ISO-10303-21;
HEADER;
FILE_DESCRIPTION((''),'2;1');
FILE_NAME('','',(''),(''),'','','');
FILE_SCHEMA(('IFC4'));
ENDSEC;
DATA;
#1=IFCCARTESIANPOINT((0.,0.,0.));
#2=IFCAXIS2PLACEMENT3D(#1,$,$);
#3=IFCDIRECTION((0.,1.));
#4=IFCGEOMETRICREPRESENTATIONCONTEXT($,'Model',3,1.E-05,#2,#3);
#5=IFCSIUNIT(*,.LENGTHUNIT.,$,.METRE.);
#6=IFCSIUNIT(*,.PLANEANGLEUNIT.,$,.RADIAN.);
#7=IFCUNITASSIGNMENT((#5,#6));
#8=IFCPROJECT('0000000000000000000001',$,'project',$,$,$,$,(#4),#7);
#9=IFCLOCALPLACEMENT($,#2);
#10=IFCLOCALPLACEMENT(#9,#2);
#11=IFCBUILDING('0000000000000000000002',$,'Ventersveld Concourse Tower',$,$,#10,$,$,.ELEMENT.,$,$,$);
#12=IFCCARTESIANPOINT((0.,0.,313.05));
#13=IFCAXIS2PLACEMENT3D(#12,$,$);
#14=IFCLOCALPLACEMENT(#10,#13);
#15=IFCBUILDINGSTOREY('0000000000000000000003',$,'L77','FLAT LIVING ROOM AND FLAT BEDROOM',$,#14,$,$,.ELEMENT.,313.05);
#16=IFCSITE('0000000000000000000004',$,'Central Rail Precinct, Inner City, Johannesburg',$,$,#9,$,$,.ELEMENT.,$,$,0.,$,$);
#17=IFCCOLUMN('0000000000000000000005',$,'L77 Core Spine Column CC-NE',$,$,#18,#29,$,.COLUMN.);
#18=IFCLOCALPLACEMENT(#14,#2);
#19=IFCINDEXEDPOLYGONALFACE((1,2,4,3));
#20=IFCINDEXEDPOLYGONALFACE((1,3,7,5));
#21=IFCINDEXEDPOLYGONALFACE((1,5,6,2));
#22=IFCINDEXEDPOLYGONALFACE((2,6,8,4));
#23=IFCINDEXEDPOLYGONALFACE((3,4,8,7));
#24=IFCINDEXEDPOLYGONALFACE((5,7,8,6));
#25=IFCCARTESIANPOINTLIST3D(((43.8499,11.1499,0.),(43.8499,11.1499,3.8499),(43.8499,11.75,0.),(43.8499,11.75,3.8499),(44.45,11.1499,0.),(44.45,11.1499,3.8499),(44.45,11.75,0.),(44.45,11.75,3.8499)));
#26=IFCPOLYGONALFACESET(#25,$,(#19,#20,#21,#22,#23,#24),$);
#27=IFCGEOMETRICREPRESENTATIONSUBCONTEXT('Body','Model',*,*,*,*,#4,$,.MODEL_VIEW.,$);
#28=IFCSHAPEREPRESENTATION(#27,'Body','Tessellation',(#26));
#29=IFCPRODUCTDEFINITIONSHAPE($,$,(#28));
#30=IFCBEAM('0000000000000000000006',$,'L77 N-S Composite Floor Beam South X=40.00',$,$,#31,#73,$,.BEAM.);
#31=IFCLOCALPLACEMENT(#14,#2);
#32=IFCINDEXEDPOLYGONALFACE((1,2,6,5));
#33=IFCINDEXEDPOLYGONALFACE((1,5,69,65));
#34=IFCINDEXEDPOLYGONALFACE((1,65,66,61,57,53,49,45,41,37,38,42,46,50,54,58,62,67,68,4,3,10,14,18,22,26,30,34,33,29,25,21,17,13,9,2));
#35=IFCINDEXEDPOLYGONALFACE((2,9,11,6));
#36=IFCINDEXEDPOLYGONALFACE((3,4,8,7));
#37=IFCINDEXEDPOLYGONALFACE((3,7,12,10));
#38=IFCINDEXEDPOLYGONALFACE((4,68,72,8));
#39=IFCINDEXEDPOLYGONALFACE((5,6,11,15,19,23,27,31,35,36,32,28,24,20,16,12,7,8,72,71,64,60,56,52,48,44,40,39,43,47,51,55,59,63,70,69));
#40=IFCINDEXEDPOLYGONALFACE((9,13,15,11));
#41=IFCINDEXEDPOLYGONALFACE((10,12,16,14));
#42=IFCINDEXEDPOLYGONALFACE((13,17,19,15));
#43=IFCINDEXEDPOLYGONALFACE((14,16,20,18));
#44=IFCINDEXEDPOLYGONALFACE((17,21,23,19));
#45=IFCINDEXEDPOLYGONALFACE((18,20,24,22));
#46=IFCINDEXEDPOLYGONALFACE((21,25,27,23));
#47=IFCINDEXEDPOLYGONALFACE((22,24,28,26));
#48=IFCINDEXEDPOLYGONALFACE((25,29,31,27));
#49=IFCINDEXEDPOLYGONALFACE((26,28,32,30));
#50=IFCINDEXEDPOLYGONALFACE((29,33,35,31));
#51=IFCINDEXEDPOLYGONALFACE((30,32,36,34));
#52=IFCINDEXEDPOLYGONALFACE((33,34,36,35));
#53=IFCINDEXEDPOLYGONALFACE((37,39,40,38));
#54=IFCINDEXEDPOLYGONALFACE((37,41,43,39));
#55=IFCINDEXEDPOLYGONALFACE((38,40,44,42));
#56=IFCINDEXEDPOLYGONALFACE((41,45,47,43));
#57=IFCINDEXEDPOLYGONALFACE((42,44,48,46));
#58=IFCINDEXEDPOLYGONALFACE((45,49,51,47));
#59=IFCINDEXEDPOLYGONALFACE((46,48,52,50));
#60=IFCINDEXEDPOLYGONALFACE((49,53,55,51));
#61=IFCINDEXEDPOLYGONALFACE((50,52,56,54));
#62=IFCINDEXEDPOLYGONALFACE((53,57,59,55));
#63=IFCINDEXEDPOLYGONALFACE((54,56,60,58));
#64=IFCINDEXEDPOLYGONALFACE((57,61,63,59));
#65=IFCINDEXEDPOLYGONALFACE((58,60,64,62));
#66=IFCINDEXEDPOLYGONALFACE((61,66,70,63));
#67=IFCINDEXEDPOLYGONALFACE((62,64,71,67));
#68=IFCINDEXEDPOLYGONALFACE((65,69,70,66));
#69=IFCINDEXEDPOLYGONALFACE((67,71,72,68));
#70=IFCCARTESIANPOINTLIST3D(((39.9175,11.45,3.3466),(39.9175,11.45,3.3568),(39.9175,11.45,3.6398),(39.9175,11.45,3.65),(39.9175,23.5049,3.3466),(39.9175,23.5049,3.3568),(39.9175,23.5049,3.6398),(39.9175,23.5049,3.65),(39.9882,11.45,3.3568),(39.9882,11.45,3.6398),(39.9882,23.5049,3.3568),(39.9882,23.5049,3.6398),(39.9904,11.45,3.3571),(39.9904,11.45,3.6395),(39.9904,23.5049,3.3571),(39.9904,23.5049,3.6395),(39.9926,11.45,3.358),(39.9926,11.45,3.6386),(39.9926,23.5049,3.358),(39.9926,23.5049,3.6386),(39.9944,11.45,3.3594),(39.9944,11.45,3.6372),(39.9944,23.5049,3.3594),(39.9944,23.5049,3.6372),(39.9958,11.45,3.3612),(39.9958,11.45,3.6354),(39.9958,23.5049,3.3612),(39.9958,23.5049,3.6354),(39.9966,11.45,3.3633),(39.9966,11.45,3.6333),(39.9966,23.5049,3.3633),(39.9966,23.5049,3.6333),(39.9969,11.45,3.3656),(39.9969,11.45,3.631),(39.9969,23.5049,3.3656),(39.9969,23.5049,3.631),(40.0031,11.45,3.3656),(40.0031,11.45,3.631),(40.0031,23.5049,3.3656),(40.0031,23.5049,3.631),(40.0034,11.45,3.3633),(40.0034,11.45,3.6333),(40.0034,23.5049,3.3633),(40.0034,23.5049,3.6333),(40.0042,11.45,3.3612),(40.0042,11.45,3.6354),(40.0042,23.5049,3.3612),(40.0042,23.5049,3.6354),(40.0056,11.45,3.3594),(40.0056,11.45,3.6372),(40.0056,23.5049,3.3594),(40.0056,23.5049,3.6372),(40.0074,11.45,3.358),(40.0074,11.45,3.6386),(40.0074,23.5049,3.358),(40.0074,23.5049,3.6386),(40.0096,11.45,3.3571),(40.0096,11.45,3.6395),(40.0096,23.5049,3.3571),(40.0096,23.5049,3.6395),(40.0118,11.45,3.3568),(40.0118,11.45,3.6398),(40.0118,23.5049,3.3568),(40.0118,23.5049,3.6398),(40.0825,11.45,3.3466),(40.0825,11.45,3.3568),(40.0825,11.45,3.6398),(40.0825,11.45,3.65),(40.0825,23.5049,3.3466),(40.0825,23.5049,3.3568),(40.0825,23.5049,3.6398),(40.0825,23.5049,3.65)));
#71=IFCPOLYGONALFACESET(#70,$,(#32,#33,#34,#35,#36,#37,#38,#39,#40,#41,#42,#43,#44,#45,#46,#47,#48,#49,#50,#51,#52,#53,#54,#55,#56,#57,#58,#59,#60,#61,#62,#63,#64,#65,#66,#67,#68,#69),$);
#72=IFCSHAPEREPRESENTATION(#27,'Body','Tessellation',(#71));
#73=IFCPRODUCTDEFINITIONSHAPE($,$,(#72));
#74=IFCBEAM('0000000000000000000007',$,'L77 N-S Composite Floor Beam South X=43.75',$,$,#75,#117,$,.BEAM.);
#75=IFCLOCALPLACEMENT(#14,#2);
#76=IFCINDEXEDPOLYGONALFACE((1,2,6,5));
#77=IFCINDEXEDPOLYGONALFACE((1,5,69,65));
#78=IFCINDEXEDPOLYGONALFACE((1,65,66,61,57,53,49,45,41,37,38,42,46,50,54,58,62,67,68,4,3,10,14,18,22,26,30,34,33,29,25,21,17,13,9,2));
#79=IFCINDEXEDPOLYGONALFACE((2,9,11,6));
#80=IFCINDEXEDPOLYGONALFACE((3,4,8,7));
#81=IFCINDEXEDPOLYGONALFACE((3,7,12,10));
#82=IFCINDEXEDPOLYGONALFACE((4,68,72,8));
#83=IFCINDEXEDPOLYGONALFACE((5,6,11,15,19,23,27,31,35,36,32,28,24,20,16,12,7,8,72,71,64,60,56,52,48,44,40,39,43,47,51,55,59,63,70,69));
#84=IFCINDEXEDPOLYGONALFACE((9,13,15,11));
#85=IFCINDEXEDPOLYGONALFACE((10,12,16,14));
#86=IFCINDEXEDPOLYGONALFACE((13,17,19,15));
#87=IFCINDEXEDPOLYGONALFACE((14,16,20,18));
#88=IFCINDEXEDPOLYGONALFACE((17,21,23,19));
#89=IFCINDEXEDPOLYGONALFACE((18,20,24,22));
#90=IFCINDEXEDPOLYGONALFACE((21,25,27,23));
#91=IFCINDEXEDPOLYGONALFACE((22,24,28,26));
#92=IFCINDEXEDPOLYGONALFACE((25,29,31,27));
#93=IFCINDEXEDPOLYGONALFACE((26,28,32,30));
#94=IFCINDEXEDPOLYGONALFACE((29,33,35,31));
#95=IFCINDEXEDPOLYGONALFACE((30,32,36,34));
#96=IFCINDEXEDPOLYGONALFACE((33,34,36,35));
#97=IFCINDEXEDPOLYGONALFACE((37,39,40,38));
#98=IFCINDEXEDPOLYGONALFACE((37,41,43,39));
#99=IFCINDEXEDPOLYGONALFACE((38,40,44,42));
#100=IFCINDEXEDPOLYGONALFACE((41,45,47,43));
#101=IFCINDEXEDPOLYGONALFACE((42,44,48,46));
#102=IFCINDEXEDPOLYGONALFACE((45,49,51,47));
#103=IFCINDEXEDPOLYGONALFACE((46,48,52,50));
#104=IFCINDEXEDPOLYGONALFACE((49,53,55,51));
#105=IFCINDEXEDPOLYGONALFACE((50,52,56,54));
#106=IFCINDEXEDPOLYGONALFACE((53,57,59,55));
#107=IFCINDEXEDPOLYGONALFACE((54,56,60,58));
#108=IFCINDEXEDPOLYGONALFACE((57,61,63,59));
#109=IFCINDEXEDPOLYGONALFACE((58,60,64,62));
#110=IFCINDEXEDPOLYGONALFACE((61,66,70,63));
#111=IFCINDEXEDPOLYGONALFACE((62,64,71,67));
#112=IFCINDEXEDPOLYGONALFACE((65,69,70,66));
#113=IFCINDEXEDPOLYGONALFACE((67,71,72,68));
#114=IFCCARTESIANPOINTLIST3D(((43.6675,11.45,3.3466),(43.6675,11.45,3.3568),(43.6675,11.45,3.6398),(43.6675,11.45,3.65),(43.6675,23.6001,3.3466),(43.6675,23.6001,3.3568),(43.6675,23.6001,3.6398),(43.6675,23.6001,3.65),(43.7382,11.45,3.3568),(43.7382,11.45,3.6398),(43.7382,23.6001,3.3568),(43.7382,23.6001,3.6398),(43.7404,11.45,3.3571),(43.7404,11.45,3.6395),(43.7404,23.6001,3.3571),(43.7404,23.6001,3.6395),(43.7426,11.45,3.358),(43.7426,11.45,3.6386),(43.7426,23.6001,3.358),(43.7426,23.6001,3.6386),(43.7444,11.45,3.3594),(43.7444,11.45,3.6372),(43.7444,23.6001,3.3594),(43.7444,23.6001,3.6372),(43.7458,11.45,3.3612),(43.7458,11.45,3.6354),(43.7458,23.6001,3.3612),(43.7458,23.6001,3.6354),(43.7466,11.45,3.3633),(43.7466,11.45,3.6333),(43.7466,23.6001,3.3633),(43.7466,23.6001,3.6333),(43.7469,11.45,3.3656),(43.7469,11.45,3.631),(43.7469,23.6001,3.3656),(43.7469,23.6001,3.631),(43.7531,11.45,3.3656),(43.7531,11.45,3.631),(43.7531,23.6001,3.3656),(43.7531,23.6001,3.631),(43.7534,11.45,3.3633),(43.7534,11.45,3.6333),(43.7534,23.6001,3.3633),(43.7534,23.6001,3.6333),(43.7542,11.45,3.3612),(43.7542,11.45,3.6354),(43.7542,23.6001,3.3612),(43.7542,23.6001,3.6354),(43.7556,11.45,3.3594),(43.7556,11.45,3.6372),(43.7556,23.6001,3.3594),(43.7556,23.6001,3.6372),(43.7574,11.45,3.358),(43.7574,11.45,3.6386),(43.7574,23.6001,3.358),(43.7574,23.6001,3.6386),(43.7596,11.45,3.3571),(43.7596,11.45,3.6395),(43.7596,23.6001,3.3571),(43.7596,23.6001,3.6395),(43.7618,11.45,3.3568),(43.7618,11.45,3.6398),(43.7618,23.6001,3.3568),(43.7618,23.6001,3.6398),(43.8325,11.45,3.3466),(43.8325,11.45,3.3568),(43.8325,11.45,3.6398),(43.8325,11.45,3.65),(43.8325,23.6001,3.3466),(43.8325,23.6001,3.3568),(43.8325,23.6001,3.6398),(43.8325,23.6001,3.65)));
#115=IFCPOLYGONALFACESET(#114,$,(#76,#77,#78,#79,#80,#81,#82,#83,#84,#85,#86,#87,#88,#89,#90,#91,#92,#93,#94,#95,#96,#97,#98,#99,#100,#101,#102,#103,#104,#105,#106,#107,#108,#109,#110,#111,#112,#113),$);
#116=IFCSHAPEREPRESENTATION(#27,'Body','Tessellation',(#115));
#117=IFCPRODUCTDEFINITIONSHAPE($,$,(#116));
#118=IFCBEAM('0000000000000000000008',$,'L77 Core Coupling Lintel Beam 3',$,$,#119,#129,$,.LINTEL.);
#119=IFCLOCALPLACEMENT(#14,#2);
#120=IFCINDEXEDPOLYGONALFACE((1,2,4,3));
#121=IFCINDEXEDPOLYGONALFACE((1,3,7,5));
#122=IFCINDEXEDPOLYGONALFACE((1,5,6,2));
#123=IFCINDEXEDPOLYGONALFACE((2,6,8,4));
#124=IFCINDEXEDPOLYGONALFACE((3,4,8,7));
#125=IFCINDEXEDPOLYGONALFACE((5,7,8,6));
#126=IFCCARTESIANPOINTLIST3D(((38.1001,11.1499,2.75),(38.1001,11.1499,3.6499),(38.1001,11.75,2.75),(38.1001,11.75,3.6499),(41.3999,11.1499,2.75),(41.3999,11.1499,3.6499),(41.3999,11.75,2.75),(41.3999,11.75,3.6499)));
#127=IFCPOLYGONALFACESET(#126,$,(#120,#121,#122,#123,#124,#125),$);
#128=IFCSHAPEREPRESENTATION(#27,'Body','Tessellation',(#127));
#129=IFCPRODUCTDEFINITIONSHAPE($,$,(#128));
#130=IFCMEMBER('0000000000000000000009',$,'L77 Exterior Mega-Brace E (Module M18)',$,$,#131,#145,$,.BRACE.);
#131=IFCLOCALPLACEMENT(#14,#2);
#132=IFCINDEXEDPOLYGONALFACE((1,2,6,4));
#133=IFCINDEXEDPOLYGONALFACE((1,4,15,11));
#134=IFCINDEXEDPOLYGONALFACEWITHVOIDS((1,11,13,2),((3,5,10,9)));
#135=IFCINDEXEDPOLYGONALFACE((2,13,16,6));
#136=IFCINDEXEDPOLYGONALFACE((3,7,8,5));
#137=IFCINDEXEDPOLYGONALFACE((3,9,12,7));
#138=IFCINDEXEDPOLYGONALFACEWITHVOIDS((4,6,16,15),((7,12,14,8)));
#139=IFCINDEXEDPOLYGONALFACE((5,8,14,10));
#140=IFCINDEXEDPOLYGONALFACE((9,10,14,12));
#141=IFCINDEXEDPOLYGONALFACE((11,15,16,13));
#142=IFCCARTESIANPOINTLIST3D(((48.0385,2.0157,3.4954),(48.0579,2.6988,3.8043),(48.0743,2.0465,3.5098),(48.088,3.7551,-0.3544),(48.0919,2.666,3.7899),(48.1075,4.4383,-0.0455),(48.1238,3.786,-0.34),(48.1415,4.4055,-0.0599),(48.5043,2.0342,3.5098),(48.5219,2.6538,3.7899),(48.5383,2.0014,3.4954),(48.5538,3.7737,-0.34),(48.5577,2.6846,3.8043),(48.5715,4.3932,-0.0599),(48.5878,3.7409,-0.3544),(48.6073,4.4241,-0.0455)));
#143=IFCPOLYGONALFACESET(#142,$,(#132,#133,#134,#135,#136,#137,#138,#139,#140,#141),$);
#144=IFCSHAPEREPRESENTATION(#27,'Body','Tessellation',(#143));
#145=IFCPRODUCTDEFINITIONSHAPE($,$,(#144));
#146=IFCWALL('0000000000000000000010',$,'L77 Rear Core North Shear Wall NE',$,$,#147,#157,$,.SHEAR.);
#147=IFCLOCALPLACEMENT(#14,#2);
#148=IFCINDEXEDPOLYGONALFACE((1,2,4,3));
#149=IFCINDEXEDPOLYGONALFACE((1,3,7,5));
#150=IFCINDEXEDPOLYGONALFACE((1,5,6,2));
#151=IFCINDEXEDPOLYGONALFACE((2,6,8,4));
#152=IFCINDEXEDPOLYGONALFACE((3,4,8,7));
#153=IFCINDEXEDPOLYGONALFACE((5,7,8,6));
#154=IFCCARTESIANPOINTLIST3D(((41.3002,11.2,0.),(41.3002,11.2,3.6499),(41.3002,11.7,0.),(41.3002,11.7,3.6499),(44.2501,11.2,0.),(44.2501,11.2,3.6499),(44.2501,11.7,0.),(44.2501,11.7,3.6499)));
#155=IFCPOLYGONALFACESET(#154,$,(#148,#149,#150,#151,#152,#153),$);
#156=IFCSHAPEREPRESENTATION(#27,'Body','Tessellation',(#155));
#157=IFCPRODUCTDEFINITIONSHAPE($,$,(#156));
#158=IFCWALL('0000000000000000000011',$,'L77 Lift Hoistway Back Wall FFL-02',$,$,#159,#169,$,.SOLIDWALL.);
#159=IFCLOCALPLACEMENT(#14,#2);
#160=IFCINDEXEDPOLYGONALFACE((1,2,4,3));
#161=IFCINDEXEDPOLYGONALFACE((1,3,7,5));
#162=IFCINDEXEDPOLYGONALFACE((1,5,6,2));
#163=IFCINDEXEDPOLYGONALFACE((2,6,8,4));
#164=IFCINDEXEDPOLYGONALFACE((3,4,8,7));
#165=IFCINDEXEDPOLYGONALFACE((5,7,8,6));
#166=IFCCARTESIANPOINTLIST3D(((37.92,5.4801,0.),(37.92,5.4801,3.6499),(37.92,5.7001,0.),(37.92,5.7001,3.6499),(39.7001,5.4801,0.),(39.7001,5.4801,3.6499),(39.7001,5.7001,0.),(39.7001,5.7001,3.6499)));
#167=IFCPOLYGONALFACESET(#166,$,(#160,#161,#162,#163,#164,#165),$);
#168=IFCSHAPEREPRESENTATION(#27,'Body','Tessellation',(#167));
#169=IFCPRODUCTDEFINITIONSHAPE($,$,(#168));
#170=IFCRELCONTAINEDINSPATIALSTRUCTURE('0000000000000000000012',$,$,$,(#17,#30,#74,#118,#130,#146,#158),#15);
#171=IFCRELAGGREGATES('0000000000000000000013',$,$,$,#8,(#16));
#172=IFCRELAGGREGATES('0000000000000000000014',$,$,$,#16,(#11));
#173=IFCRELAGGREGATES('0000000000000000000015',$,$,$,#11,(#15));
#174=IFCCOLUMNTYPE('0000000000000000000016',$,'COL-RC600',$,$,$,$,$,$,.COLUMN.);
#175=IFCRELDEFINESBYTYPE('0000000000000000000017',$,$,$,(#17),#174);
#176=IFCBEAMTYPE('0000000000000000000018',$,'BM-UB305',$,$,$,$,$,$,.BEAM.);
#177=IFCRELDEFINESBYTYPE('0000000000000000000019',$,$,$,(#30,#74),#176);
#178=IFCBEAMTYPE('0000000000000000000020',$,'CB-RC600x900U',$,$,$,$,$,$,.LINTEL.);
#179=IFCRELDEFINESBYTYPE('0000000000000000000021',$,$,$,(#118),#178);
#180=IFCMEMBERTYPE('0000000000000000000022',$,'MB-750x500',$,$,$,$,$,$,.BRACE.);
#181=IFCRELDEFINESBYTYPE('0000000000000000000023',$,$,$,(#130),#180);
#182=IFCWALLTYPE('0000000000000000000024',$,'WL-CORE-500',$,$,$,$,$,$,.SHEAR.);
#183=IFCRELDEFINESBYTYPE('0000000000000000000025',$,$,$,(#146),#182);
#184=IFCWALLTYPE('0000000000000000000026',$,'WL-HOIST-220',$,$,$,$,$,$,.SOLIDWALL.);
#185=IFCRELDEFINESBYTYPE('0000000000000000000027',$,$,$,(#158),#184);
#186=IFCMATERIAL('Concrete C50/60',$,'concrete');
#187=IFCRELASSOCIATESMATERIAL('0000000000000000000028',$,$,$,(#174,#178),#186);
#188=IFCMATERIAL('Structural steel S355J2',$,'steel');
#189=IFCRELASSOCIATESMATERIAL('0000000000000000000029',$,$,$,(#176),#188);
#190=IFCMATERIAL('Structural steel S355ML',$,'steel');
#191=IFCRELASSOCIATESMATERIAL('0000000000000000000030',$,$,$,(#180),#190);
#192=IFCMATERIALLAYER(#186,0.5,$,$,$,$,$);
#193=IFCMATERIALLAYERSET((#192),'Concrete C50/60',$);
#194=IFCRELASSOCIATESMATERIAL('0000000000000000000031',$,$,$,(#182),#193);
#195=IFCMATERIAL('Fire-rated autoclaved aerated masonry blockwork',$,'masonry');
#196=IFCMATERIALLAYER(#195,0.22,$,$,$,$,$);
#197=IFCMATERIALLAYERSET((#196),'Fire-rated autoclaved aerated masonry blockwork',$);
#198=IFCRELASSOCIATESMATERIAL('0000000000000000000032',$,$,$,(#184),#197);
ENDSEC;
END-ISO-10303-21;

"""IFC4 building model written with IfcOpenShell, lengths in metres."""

from ifc_helpers import new_model, si_unit, direction, frame, frame_2d, origin, origin_2d, place, context, subcontext, project, spatial, rectangle, hollow_rectangle, i_section, extrude, material, layer, layer_set, material_profile, profile_set, type_object, element, save


model = new_model("IFC4")

# Units and contexts
model_context = context("Model", 3, precision=1e-05, world=origin(), true_north=direction((0.0, 1.0)))
body_context = subcontext(model_context, "Body", "Model", "MODEL_VIEW")
ifc_project = project(units=[si_unit("LENGTHUNIT", "METRE"), si_unit("PLANEANGLEUNIT", "RADIAN")], contexts=[model_context])

# Site, building, storey
site_placement = place(None, origin())
site = spatial("IfcSite", under=ifc_project, at=site_placement, Name="Central Rail Precinct, Inner City, Johannesburg", CompositionType="ELEMENT", RefElevation=0.0)
building_placement = place(site_placement, origin())
building = spatial("IfcBuilding", under=site, at=building_placement, Name="Ventersveld Concourse Tower", CompositionType="ELEMENT")
storey_placement = place(building_placement, frame((0.0, 0.0, 313.05)))
storey = spatial("IfcBuildingStorey", under=building, at=storey_placement, Name="L77", Description="FLAT LIVING ROOM AND FLAT BEDROOM", CompositionType="ELEMENT", Elevation=313.05)

# Column
ifc_material_1 = material(Name="Concrete C50/60", Category="concrete")
ifc_material_profile_1 = material_profile(ifc_material_1, rectangle(XDim=0.6001, YDim=0.6001, at=origin_2d()), Name="RC 600x600")
ifc_profile_set_1 = profile_set([ifc_material_profile_1], Name="Concrete C50/60")
column_type = type_object("IfcColumnType", Name="COL-RC600", PredefinedType="COLUMN", material=ifc_profile_set_1)
column_placement = place(storey_placement, frame((44.1499, 11.45, 0.0), z_axis=(0.0, 0.0, 1.0), x_axis=(1.0, 0.0, 0.0)))
element("IfcColumn", 1, at=column_placement, inside=storey, type_object=column_type, Name="L77 Core Spine Column CC-NE", PredefinedType="COLUMN", context=body_context, shape_type="SweptSolid", body=[
    extrude(rectangle(XDim=0.6001, YDim=0.6001, at=origin_2d()), origin(), (0.0, 0.0, 1.0), 3.8499),
])

# Beams
ifc_material_2 = material(Name="Structural steel S355J2", Category="steel")
ifc_material_profile_2 = material_profile(ifc_material_2, i_section(OverallWidth=0.165, OverallDepth=0.3035, WebThickness=0.0061, FlangeThickness=0.0103, FilletRadius=0.0088, at=origin_2d()), Name="UB 305x165x40")
ifc_profile_set_2 = profile_set([ifc_material_profile_2], Name="Structural steel S355J2")
beam_type_1 = type_object("IfcBeamType", Name="BM-UB305", PredefinedType="BEAM", material=ifc_profile_set_2)
beam_1_placement = place(storey_placement, frame((40.0, 11.45, 3.4983), z_axis=(0.0, 1.0, 0.0), x_axis=(-1.0, 0.0, 0.0)))
element("IfcBeam", 2, at=beam_1_placement, inside=storey, type_object=beam_type_1, Name="L77 N-S Composite Floor Beam South X=40.00", PredefinedType="BEAM", context=body_context, shape_type="SweptSolid", body=[
    extrude(i_section(OverallWidth=0.165, OverallDepth=0.3035, WebThickness=0.0061, FlangeThickness=0.0103, FilletRadius=0.0088, at=origin_2d()), origin(), (0.0, 0.0, 1.0), 12.0549),
])
beam_2_placement = place(storey_placement, frame((43.75, 11.45, 3.4983), z_axis=(0.0, 1.0, 0.0), x_axis=(-1.0, 0.0, 0.0)))
element("IfcBeam", 3, at=beam_2_placement, inside=storey, type_object=beam_type_1, Name="L77 N-S Composite Floor Beam South X=43.75", PredefinedType="BEAM", context=body_context, shape_type="SweptSolid", body=[
    extrude(i_section(OverallWidth=0.165, OverallDepth=0.3035, WebThickness=0.0061, FlangeThickness=0.0103, FilletRadius=0.0088, at=origin_2d()), origin(), (0.0, 0.0, 1.0), 12.1501),
])
ifc_material_profile_3 = material_profile(ifc_material_1, rectangle(XDim=0.6001, YDim=0.8999, at=origin_2d()), Name="RC 600x900")
ifc_profile_set_3 = profile_set([ifc_material_profile_3], Name="Concrete C50/60")
beam_type_2 = type_object("IfcBeamType", Name="CB-RC600x900U", PredefinedType="LINTEL", material=ifc_profile_set_3)
beam_3_placement = place(storey_placement, frame((38.1001, 11.45, 3.2), z_axis=(1.0, 0.0, 0.0), x_axis=(0.0, 1.0, 0.0)))
element("IfcBeam", 4, at=beam_3_placement, inside=storey, type_object=beam_type_2, Name="L77 Core Coupling Lintel Beam 3", PredefinedType="LINTEL", context=body_context, shape_type="SweptSolid", body=[
    extrude(rectangle(XDim=0.6001, YDim=0.8999, at=origin_2d()), origin(), (0.0, 0.0, 1.0), 3.2998),
])

# Member
ifc_material_3 = material(Name="Structural steel S355ML", Category="steel")
ifc_material_profile_4 = material_profile(ifc_material_3, hollow_rectangle(XDim=0.5, YDim=0.75, WallThickness=0.0349, at=origin_2d()), Name="BOX 750x500x35")
ifc_profile_set_4 = profile_set([ifc_material_profile_4], Name="Structural steel S355ML")
member_type = type_object("IfcMemberType", Name="MB-750x500", PredefinedType="BRACE", material=ifc_profile_set_4)
member_placement = place(storey_placement, frame((48.3477, 4.0896, -0.2), z_axis=(-0.011731, -0.411727, 0.911232), x_axis=(0.999594, -0.02848, 0.0)))
element("IfcMember", 5, at=member_placement, inside=storey, type_object=member_type, Name="L77 Exterior Mega-Brace E (Module M18)", PredefinedType="BRACE", context=body_context, shape_type="SweptSolid", body=[
    extrude(hollow_rectangle(XDim=0.5, YDim=0.75, WallThickness=0.0349, at=origin_2d()), origin(), (0.0, 0.0, 1.0), 4.2249),
])

# Walls
ifc_layer_1 = layer(ifc_material_1, 0.5)
ifc_layer_set_1 = layer_set([ifc_layer_1], Name="Concrete C50/60")
wall_type_1 = type_object("IfcWallType", Name="WL-CORE-500", PredefinedType="SHEAR", material=ifc_layer_set_1)
wall_1_placement = place(storey_placement, frame((41.3, 11.45, 0.0), z_axis=(0.0, 0.0, 1.0), x_axis=(1.0, 0.0, 0.0)))
element("IfcWall", 6, at=wall_1_placement, inside=storey, type_object=wall_type_1, Name="L77 Rear Core North Shear Wall NE", PredefinedType="SHEAR", context=body_context, shape_type="SweptSolid", body=[
    extrude(rectangle(XDim=2.95, YDim=0.5, at=frame_2d((1.4751, 0.0))), origin(), (0.0, 0.0, 1.0), 3.6499),
])
ifc_material_4 = material(Name="Fire-rated autoclaved aerated masonry blockwork", Category="masonry")
ifc_layer_2 = layer(ifc_material_4, 0.22)
ifc_layer_set_2 = layer_set([ifc_layer_2], Name="Fire-rated autoclaved aerated masonry blockwork")
wall_type_2 = type_object("IfcWallType", Name="WL-HOIST-220", PredefinedType="SOLIDWALL", material=ifc_layer_set_2)
wall_2_placement = place(storey_placement, frame((37.9199, 5.5901, 0.0), z_axis=(0.0, 0.0, 1.0), x_axis=(1.0, 0.0, 0.0)))
element("IfcWall", 7, at=wall_2_placement, inside=storey, type_object=wall_type_2, Name="L77 Lift Hoistway Back Wall FFL-02", PredefinedType="SOLIDWALL", context=body_context, shape_type="SweptSolid", body=[
    extrude(rectangle(XDim=1.78, YDim=0.22, at=frame_2d((0.8901, 0.0))), origin(), (0.0, 0.0, 1.0), 3.6499),
])

save(model, "model.ifc")
